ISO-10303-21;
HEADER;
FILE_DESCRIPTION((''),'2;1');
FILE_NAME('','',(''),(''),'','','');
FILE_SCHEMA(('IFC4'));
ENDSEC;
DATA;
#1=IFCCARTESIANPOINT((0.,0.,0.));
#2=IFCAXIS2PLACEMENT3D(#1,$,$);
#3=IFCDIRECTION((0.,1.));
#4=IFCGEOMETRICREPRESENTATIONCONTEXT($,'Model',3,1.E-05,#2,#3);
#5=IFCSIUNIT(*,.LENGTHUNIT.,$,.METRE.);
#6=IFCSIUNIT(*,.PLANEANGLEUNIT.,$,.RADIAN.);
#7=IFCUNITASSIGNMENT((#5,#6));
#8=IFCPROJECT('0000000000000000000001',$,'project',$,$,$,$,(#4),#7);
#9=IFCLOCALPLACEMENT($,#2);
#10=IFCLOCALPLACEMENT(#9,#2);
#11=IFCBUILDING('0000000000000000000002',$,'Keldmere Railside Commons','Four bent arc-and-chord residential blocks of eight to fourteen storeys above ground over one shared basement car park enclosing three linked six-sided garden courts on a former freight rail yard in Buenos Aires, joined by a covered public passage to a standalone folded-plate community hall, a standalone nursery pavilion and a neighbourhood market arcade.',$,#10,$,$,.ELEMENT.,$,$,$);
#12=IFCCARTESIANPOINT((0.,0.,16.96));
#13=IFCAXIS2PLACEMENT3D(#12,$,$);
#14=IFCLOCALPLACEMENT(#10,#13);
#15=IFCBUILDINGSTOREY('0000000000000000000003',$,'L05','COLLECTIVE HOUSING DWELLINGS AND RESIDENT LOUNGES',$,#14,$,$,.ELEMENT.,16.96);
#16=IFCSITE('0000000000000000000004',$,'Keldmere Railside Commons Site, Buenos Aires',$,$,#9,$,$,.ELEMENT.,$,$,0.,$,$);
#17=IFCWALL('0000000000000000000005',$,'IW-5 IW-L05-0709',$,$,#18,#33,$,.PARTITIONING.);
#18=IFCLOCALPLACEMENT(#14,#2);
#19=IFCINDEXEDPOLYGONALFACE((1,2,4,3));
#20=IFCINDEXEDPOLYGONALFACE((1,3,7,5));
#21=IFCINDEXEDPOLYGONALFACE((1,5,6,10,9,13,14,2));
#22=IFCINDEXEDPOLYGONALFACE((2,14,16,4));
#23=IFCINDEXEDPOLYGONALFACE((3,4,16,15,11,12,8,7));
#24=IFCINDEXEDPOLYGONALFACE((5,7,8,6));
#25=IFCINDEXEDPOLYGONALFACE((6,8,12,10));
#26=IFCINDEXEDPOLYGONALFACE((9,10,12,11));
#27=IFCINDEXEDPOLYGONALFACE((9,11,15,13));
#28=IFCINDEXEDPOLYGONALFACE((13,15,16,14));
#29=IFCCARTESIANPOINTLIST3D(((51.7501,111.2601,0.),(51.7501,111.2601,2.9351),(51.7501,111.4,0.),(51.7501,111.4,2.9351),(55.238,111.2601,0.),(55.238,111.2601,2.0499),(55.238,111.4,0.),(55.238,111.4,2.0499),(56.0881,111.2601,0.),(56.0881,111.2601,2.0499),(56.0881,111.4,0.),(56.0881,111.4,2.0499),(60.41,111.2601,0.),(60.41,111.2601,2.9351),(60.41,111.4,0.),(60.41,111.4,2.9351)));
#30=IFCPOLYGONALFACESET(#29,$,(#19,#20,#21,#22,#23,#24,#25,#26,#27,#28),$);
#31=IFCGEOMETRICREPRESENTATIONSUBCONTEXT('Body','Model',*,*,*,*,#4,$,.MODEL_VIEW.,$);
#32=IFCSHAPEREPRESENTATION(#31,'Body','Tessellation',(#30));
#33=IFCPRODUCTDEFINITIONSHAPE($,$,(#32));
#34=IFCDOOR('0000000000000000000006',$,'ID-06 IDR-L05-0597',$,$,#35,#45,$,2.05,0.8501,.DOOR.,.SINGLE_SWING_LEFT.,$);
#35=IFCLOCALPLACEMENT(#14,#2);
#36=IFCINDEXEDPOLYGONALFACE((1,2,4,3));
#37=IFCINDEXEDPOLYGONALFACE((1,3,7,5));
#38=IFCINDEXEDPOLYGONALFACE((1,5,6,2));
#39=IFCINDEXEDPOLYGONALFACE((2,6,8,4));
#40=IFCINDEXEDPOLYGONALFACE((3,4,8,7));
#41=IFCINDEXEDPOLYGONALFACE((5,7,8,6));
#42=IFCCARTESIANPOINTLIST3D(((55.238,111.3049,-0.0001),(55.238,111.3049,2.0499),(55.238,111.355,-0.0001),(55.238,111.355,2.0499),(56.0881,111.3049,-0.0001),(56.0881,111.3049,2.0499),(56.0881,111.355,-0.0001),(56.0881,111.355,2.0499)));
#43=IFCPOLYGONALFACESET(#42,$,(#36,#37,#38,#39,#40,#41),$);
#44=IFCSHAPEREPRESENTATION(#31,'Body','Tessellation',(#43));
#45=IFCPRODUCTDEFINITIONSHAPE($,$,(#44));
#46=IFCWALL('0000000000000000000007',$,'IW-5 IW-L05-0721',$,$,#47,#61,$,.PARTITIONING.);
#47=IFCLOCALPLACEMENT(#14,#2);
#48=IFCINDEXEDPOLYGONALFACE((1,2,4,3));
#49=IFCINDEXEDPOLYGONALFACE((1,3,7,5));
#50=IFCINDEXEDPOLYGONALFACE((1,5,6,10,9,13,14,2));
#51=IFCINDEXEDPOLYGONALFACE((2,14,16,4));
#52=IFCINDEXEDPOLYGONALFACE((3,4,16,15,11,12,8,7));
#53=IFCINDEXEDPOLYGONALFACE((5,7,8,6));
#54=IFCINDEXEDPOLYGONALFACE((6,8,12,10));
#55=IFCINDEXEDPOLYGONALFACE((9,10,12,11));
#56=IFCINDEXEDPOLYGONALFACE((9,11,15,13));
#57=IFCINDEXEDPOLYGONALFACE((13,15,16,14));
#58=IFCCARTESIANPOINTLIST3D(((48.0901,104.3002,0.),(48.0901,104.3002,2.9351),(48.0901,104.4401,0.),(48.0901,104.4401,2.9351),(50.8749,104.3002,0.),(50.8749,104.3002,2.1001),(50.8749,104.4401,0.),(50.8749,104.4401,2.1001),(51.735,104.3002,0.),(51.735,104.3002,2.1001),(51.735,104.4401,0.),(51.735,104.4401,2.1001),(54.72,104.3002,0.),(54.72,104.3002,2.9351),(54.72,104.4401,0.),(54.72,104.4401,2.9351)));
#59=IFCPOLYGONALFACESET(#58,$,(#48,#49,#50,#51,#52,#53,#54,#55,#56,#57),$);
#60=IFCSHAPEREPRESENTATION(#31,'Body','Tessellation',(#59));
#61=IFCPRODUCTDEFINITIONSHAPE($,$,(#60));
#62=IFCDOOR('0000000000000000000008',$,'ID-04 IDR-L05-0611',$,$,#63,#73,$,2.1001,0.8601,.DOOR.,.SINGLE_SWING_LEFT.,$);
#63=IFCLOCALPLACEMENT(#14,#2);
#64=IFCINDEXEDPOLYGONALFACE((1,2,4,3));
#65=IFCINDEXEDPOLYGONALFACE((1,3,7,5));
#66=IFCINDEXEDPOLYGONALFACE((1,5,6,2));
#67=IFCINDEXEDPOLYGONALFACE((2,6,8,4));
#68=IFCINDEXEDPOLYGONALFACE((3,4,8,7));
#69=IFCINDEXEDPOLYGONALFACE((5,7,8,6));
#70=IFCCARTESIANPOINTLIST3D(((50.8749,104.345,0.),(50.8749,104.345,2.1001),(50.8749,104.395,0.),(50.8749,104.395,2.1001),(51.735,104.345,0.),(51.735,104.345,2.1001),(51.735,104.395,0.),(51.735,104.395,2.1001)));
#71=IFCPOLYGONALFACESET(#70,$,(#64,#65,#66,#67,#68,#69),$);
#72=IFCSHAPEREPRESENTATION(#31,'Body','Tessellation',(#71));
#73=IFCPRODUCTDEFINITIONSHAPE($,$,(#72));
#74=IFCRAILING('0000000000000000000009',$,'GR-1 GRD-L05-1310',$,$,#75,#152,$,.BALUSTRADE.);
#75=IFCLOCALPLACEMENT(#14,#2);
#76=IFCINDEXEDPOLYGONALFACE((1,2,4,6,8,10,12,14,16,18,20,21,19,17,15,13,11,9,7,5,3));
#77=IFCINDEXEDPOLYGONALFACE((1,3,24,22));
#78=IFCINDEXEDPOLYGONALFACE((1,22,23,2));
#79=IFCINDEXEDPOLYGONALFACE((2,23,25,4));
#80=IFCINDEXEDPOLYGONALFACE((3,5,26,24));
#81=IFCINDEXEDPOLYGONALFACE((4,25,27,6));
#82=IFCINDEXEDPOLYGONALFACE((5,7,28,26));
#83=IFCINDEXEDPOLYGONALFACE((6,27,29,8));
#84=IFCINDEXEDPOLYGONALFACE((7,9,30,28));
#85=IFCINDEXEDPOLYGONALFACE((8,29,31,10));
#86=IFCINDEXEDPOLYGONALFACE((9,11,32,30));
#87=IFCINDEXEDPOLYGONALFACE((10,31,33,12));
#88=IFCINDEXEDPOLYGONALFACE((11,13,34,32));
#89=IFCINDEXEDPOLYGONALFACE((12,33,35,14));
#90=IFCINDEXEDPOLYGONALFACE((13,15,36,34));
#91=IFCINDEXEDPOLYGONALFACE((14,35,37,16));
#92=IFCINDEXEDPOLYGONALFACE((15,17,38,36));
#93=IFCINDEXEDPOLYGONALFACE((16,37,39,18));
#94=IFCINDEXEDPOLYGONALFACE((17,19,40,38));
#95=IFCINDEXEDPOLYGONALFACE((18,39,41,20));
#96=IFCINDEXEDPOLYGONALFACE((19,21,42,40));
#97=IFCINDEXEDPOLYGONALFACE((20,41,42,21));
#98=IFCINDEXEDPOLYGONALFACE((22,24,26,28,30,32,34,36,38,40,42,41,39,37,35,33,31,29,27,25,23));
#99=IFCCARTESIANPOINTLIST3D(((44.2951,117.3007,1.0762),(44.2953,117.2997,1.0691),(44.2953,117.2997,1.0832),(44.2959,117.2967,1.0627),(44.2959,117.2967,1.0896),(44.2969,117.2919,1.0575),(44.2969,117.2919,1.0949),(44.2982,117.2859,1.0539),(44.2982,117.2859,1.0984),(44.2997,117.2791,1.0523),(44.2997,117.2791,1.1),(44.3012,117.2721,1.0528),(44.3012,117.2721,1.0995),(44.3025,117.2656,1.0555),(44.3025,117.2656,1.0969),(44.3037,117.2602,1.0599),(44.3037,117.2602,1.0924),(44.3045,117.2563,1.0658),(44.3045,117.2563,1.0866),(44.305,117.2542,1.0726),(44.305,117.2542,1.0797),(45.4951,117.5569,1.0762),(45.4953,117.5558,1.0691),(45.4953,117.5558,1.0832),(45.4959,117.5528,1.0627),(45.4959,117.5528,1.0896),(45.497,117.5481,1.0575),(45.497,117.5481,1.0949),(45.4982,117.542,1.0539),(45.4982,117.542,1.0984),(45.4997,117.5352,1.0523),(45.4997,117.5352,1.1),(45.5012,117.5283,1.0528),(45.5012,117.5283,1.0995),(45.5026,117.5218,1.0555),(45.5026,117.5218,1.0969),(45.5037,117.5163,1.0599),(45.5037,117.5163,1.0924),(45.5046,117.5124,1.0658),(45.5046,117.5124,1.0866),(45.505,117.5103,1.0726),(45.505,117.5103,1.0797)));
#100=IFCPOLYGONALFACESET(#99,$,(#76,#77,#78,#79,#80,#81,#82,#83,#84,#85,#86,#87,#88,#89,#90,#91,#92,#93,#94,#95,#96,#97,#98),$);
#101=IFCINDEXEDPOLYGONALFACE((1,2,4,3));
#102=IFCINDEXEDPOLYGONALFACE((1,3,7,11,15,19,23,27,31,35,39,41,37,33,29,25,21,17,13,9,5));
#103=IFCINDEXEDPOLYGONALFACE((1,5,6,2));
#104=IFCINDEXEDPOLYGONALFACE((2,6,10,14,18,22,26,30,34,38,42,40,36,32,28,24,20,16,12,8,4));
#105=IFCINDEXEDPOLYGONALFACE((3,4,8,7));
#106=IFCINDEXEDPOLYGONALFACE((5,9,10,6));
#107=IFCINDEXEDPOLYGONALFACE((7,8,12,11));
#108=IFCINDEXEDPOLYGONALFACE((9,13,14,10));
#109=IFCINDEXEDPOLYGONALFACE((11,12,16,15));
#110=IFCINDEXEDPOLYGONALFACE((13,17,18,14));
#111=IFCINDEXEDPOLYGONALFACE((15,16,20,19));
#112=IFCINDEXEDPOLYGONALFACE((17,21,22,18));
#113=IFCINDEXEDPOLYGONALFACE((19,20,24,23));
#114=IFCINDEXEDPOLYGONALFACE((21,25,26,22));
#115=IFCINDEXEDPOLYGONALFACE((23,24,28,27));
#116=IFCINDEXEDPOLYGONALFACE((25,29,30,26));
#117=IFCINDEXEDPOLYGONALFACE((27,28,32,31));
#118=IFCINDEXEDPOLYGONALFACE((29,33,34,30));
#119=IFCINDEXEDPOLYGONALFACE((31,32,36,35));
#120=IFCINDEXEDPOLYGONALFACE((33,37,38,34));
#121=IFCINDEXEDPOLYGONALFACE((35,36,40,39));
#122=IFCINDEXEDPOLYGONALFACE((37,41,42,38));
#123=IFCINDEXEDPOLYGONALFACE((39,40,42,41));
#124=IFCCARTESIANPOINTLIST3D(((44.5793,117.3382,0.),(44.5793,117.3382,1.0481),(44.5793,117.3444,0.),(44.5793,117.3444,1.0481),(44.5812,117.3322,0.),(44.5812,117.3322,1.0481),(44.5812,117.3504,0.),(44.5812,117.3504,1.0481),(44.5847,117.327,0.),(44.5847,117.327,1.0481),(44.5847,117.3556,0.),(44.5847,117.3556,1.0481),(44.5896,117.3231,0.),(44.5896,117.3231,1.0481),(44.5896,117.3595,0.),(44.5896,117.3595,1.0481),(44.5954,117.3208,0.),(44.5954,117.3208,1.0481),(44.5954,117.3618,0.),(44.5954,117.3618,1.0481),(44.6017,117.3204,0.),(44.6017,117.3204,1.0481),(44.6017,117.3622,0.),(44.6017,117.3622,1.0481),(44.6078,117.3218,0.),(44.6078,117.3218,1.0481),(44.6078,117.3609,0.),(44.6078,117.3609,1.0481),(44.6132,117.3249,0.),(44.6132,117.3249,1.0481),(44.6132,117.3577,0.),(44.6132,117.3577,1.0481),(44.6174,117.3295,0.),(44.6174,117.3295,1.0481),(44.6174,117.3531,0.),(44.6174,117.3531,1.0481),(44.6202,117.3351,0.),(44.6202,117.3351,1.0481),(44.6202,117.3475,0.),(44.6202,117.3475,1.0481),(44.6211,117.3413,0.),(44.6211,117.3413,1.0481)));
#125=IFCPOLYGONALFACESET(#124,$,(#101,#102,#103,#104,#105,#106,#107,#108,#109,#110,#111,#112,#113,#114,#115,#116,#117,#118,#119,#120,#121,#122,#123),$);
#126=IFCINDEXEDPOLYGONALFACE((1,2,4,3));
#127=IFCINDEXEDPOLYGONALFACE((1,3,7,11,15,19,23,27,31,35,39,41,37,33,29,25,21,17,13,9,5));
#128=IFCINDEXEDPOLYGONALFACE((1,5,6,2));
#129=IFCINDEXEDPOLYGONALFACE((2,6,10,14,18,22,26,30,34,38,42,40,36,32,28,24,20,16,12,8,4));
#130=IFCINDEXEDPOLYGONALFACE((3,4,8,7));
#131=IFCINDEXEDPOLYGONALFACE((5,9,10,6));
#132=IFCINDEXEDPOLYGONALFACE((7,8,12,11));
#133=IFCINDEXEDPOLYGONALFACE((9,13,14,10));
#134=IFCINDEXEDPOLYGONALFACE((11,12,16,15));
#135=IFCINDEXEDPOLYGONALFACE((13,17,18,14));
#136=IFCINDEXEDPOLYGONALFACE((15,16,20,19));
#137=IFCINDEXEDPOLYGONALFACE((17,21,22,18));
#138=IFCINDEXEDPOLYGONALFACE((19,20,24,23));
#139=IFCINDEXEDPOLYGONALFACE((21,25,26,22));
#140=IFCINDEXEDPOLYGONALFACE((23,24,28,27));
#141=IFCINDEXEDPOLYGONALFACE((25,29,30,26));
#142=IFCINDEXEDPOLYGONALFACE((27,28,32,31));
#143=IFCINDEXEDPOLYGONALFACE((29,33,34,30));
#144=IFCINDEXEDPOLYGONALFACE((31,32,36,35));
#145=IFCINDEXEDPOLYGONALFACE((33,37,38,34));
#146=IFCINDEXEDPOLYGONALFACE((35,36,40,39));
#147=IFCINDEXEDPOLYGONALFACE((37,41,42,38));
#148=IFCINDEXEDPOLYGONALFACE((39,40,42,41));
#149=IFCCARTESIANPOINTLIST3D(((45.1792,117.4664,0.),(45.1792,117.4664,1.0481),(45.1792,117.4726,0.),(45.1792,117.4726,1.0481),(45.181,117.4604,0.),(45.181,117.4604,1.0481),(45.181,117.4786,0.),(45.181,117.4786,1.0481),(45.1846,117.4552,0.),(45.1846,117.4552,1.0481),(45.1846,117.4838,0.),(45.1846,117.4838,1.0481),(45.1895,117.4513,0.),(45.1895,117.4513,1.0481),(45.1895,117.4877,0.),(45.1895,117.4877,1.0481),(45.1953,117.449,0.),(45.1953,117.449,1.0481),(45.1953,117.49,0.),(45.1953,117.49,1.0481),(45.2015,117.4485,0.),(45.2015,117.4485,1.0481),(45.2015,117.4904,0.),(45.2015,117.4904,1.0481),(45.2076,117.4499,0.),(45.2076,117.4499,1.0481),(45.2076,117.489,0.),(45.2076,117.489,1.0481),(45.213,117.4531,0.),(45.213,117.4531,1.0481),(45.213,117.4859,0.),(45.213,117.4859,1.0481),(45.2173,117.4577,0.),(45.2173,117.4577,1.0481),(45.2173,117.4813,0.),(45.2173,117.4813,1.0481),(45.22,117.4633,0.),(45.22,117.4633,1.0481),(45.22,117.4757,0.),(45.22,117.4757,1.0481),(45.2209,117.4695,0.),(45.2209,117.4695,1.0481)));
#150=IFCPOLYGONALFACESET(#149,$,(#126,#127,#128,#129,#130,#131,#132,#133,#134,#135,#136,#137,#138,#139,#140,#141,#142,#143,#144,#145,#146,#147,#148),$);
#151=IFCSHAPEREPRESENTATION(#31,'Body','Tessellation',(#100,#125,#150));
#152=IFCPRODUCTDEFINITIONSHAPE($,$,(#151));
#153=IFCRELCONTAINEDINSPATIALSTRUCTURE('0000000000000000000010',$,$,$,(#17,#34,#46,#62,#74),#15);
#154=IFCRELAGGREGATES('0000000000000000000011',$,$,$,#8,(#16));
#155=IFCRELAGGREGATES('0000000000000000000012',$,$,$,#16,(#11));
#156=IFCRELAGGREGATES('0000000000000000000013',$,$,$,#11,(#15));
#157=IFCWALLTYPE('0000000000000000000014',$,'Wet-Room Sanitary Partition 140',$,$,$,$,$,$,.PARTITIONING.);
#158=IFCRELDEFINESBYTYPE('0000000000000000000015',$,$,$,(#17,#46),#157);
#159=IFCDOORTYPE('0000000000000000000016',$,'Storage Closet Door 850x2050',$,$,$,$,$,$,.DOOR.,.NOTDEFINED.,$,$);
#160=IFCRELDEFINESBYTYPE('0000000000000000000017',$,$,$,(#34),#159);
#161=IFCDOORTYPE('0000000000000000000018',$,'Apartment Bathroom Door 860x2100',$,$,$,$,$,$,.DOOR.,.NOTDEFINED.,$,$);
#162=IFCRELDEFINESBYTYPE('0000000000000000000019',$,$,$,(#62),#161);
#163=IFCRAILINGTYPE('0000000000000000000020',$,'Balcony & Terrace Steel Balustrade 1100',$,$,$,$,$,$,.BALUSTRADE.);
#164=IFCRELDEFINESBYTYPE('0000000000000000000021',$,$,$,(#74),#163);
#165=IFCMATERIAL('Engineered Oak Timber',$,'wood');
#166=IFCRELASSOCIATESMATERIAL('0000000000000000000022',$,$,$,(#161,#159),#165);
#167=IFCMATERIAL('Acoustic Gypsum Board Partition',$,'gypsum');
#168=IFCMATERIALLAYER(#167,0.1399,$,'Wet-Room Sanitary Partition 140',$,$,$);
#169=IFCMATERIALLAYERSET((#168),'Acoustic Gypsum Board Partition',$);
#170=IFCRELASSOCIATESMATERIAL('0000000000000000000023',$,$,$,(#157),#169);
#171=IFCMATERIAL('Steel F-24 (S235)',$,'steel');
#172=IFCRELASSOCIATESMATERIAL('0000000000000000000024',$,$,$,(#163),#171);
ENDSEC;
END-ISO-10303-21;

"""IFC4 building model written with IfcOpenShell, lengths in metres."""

from ifc_helpers import new_model, si_unit, direction, frame, frame_2d, origin, origin_2d, place, context, subcontext, project, spatial, rectangle, circle, extrude, material, layer, layer_set, type_object, element, fill, save


model = new_model("IFC4")

# Units and contexts
model_context = context("Model", 3, precision=1e-05, world=origin(), true_north=direction((0.0, 1.0)))
body_context = subcontext(model_context, "Body", "Model", "MODEL_VIEW")
ifc_project = project(units=[si_unit("LENGTHUNIT", "METRE"), si_unit("PLANEANGLEUNIT", "RADIAN")], contexts=[model_context])

# Site, building, storey
site_placement = place(None, origin())
site = spatial("IfcSite", under=ifc_project, at=site_placement, Name="Keldmere Railside Commons Site, Buenos Aires", CompositionType="ELEMENT", RefElevation=0.0)
building_placement = place(site_placement, origin())
building = spatial("IfcBuilding", under=site, at=building_placement, Name="Keldmere Railside Commons", Description="Four bent arc-and-chord residential blocks of eight to fourteen storeys above ground over one shared basement car park enclosing three linked six-sided garden courts on a former freight rail yard in Buenos Aires, joined by a covered public passage to a standalone folded-plate community hall, a standalone nursery pavilion and a neighbourhood market arcade.", CompositionType="ELEMENT")
storey_placement = place(building_placement, frame((0.0, 0.0, 16.96)))
storey = spatial("IfcBuildingStorey", under=building, at=storey_placement, Name="L05", Description="COLLECTIVE HOUSING DWELLINGS AND RESIDENT LOUNGES", CompositionType="ELEMENT", Elevation=16.96)

# Shared definitions
ifc_material_1 = material(Name="Acoustic Gypsum Board Partition", Category="gypsum")

# Shared definitions
ifc_material_2 = material(Name="Engineered Oak Timber", Category="wood")
door_type_1 = type_object("IfcDoorType", Name="Apartment Bathroom Door 860x2100", OperationType="NOTDEFINED", PredefinedType="DOOR", material=ifc_material_2)

# Walls, openings, doors
ifc_layer_1 = layer(ifc_material_1, 0.1399, Name="Wet-Room Sanitary Partition 140")
ifc_layer_set_1 = layer_set([ifc_layer_1], Name="Acoustic Gypsum Board Partition")
wall_type_1 = type_object("IfcWallType", Name="Wet-Room Sanitary Partition 140", PredefinedType="PARTITIONING", material=ifc_layer_set_1)
wall_1_placement = place(storey_placement, frame((51.75, 111.3301, 0.0), z_axis=(0.0, 0.0, 1.0), x_axis=(1.0, 0.0, 0.0)))
wall_1 = element("IfcWall", 1, at=wall_1_placement, inside=storey, type_object=wall_type_1, Name="IW-5 IW-L05-0709", PredefinedType="PARTITIONING", context=body_context, shape_type="SweptSolid", body=[
    extrude(rectangle(XDim=8.6599, YDim=0.1399, at=frame_2d((4.3301, 0.0))), origin(), (0.0, 0.0, 1.0), 2.9351),
])
opening_1_placement = place(wall_1_placement, frame((3.488, 0.0, 0.0)))
opening_1 = element("IfcOpeningElement", 2, at=opening_1_placement, cuts=wall_1, PredefinedType="OPENING", context=body_context, shape_type="SweptSolid", body=[
    extrude(rectangle(XDim=0.8501, YDim=2.05, at=frame_2d((0.425, 1.0249))), frame((0.0, 0.0798, 0.0), z_axis=(0.0, -1.0, 0.0), x_axis=(1.0, 0.0, 0.0)), (0.0, 0.0, 1.0), 0.1599),
])
door_type_2 = type_object("IfcDoorType", Name="Storage Closet Door 850x2050", OperationType="NOTDEFINED", PredefinedType="DOOR", material=ifc_material_2)
door_1_placement = place(opening_1_placement, origin())
door_1 = element("IfcDoor", 3, at=door_1_placement, inside=storey, type_object=door_type_2, Name="ID-06 IDR-L05-0597", OperationType="SINGLE_SWING_LEFT", OverallHeight=2.05, OverallWidth=0.8501, PredefinedType="DOOR", context=body_context, shape_type="SweptSolid", body=[
    extrude(rectangle(XDim=0.8501, YDim=2.05, at=frame_2d((0.425, 1.0249))), frame((0.0, 0.0249, 0.0), z_axis=(0.0, -1.0, 0.0), x_axis=(1.0, 0.0, 0.0)), (0.0, 0.0, 1.0), 0.05),
])
fill(opening_1, door_1)
wall_2_placement = place(storey_placement, frame((48.0901, 104.3701, 0.0), z_axis=(0.0, 0.0, 1.0), x_axis=(1.0, 0.0, 0.0)))
wall_2 = element("IfcWall", 4, at=wall_2_placement, inside=storey, type_object=wall_type_1, Name="IW-5 IW-L05-0721", PredefinedType="PARTITIONING", context=body_context, shape_type="SweptSolid", body=[
    extrude(rectangle(XDim=6.6299, YDim=0.1399, at=frame_2d((3.3149, 0.0))), origin(), (0.0, 0.0, 1.0), 2.9351),
])
opening_2_placement = place(wall_2_placement, frame((2.7847, 0.0, 0.0)))
opening_2 = element("IfcOpeningElement", 5, at=opening_2_placement, cuts=wall_2, PredefinedType="OPENING", context=body_context, shape_type="SweptSolid", body=[
    extrude(rectangle(XDim=0.8601, YDim=2.1001, at=frame_2d((0.4302, 1.05))), frame((0.0, 0.0798, 0.0), z_axis=(0.0, -1.0, 0.0), x_axis=(1.0, 0.0, 0.0)), (0.0, 0.0, 1.0), 0.1599),
])
door_2_placement = place(opening_2_placement, origin())
door_2 = element("IfcDoor", 6, at=door_2_placement, inside=storey, type_object=door_type_1, Name="ID-04 IDR-L05-0611", OperationType="SINGLE_SWING_LEFT", OverallHeight=2.1001, OverallWidth=0.8601, PredefinedType="DOOR", context=body_context, shape_type="SweptSolid", body=[
    extrude(rectangle(XDim=0.8601, YDim=2.1001, at=frame_2d((0.4302, 1.05))), frame((0.0, 0.0249, 0.0), z_axis=(0.0, -1.0, 0.0), x_axis=(1.0, 0.0, 0.0)), (0.0, 0.0, 1.0), 0.05),
])
fill(opening_2, door_2)

# Railing
ifc_material_3 = material(Name="Steel F-24 (S235)", Category="steel")
railing_type = type_object("IfcRailingType", Name="Balcony & Terrace Steel Balustrade 1100", PredefinedType="BALUSTRADE", material=ifc_material_3)
railing_1_placement = place(storey_placement, frame((44.3, 117.2773, 0.0)))
element("IfcRailing", 7, at=railing_1_placement, inside=storey, type_object=railing_type, Name="GR-1 GRD-L05-1310", PredefinedType="BALUSTRADE", context=body_context, shape_type="SweptSolid", body=[
    extrude(circle(Radius=0.0239, at=origin_2d()), frame((0.0, 0.0, 1.0762), z_axis=(0.977974, 0.208727, 0.0), x_axis=(-0.208727, 0.977974, 0.0)), (0.0, 0.0, 1.0), 1.2271),
    extrude(circle(Radius=0.021, at=origin_2d()), frame((0.3, 0.064, 0.0)), (0.0, 0.0, 1.0), 1.0481),
    extrude(circle(Radius=0.021, at=origin_2d()), frame((0.8999, 0.1921, 0.0)), (0.0, 0.0, 1.0), 1.0481),
])

save(model, "model.ifc")
